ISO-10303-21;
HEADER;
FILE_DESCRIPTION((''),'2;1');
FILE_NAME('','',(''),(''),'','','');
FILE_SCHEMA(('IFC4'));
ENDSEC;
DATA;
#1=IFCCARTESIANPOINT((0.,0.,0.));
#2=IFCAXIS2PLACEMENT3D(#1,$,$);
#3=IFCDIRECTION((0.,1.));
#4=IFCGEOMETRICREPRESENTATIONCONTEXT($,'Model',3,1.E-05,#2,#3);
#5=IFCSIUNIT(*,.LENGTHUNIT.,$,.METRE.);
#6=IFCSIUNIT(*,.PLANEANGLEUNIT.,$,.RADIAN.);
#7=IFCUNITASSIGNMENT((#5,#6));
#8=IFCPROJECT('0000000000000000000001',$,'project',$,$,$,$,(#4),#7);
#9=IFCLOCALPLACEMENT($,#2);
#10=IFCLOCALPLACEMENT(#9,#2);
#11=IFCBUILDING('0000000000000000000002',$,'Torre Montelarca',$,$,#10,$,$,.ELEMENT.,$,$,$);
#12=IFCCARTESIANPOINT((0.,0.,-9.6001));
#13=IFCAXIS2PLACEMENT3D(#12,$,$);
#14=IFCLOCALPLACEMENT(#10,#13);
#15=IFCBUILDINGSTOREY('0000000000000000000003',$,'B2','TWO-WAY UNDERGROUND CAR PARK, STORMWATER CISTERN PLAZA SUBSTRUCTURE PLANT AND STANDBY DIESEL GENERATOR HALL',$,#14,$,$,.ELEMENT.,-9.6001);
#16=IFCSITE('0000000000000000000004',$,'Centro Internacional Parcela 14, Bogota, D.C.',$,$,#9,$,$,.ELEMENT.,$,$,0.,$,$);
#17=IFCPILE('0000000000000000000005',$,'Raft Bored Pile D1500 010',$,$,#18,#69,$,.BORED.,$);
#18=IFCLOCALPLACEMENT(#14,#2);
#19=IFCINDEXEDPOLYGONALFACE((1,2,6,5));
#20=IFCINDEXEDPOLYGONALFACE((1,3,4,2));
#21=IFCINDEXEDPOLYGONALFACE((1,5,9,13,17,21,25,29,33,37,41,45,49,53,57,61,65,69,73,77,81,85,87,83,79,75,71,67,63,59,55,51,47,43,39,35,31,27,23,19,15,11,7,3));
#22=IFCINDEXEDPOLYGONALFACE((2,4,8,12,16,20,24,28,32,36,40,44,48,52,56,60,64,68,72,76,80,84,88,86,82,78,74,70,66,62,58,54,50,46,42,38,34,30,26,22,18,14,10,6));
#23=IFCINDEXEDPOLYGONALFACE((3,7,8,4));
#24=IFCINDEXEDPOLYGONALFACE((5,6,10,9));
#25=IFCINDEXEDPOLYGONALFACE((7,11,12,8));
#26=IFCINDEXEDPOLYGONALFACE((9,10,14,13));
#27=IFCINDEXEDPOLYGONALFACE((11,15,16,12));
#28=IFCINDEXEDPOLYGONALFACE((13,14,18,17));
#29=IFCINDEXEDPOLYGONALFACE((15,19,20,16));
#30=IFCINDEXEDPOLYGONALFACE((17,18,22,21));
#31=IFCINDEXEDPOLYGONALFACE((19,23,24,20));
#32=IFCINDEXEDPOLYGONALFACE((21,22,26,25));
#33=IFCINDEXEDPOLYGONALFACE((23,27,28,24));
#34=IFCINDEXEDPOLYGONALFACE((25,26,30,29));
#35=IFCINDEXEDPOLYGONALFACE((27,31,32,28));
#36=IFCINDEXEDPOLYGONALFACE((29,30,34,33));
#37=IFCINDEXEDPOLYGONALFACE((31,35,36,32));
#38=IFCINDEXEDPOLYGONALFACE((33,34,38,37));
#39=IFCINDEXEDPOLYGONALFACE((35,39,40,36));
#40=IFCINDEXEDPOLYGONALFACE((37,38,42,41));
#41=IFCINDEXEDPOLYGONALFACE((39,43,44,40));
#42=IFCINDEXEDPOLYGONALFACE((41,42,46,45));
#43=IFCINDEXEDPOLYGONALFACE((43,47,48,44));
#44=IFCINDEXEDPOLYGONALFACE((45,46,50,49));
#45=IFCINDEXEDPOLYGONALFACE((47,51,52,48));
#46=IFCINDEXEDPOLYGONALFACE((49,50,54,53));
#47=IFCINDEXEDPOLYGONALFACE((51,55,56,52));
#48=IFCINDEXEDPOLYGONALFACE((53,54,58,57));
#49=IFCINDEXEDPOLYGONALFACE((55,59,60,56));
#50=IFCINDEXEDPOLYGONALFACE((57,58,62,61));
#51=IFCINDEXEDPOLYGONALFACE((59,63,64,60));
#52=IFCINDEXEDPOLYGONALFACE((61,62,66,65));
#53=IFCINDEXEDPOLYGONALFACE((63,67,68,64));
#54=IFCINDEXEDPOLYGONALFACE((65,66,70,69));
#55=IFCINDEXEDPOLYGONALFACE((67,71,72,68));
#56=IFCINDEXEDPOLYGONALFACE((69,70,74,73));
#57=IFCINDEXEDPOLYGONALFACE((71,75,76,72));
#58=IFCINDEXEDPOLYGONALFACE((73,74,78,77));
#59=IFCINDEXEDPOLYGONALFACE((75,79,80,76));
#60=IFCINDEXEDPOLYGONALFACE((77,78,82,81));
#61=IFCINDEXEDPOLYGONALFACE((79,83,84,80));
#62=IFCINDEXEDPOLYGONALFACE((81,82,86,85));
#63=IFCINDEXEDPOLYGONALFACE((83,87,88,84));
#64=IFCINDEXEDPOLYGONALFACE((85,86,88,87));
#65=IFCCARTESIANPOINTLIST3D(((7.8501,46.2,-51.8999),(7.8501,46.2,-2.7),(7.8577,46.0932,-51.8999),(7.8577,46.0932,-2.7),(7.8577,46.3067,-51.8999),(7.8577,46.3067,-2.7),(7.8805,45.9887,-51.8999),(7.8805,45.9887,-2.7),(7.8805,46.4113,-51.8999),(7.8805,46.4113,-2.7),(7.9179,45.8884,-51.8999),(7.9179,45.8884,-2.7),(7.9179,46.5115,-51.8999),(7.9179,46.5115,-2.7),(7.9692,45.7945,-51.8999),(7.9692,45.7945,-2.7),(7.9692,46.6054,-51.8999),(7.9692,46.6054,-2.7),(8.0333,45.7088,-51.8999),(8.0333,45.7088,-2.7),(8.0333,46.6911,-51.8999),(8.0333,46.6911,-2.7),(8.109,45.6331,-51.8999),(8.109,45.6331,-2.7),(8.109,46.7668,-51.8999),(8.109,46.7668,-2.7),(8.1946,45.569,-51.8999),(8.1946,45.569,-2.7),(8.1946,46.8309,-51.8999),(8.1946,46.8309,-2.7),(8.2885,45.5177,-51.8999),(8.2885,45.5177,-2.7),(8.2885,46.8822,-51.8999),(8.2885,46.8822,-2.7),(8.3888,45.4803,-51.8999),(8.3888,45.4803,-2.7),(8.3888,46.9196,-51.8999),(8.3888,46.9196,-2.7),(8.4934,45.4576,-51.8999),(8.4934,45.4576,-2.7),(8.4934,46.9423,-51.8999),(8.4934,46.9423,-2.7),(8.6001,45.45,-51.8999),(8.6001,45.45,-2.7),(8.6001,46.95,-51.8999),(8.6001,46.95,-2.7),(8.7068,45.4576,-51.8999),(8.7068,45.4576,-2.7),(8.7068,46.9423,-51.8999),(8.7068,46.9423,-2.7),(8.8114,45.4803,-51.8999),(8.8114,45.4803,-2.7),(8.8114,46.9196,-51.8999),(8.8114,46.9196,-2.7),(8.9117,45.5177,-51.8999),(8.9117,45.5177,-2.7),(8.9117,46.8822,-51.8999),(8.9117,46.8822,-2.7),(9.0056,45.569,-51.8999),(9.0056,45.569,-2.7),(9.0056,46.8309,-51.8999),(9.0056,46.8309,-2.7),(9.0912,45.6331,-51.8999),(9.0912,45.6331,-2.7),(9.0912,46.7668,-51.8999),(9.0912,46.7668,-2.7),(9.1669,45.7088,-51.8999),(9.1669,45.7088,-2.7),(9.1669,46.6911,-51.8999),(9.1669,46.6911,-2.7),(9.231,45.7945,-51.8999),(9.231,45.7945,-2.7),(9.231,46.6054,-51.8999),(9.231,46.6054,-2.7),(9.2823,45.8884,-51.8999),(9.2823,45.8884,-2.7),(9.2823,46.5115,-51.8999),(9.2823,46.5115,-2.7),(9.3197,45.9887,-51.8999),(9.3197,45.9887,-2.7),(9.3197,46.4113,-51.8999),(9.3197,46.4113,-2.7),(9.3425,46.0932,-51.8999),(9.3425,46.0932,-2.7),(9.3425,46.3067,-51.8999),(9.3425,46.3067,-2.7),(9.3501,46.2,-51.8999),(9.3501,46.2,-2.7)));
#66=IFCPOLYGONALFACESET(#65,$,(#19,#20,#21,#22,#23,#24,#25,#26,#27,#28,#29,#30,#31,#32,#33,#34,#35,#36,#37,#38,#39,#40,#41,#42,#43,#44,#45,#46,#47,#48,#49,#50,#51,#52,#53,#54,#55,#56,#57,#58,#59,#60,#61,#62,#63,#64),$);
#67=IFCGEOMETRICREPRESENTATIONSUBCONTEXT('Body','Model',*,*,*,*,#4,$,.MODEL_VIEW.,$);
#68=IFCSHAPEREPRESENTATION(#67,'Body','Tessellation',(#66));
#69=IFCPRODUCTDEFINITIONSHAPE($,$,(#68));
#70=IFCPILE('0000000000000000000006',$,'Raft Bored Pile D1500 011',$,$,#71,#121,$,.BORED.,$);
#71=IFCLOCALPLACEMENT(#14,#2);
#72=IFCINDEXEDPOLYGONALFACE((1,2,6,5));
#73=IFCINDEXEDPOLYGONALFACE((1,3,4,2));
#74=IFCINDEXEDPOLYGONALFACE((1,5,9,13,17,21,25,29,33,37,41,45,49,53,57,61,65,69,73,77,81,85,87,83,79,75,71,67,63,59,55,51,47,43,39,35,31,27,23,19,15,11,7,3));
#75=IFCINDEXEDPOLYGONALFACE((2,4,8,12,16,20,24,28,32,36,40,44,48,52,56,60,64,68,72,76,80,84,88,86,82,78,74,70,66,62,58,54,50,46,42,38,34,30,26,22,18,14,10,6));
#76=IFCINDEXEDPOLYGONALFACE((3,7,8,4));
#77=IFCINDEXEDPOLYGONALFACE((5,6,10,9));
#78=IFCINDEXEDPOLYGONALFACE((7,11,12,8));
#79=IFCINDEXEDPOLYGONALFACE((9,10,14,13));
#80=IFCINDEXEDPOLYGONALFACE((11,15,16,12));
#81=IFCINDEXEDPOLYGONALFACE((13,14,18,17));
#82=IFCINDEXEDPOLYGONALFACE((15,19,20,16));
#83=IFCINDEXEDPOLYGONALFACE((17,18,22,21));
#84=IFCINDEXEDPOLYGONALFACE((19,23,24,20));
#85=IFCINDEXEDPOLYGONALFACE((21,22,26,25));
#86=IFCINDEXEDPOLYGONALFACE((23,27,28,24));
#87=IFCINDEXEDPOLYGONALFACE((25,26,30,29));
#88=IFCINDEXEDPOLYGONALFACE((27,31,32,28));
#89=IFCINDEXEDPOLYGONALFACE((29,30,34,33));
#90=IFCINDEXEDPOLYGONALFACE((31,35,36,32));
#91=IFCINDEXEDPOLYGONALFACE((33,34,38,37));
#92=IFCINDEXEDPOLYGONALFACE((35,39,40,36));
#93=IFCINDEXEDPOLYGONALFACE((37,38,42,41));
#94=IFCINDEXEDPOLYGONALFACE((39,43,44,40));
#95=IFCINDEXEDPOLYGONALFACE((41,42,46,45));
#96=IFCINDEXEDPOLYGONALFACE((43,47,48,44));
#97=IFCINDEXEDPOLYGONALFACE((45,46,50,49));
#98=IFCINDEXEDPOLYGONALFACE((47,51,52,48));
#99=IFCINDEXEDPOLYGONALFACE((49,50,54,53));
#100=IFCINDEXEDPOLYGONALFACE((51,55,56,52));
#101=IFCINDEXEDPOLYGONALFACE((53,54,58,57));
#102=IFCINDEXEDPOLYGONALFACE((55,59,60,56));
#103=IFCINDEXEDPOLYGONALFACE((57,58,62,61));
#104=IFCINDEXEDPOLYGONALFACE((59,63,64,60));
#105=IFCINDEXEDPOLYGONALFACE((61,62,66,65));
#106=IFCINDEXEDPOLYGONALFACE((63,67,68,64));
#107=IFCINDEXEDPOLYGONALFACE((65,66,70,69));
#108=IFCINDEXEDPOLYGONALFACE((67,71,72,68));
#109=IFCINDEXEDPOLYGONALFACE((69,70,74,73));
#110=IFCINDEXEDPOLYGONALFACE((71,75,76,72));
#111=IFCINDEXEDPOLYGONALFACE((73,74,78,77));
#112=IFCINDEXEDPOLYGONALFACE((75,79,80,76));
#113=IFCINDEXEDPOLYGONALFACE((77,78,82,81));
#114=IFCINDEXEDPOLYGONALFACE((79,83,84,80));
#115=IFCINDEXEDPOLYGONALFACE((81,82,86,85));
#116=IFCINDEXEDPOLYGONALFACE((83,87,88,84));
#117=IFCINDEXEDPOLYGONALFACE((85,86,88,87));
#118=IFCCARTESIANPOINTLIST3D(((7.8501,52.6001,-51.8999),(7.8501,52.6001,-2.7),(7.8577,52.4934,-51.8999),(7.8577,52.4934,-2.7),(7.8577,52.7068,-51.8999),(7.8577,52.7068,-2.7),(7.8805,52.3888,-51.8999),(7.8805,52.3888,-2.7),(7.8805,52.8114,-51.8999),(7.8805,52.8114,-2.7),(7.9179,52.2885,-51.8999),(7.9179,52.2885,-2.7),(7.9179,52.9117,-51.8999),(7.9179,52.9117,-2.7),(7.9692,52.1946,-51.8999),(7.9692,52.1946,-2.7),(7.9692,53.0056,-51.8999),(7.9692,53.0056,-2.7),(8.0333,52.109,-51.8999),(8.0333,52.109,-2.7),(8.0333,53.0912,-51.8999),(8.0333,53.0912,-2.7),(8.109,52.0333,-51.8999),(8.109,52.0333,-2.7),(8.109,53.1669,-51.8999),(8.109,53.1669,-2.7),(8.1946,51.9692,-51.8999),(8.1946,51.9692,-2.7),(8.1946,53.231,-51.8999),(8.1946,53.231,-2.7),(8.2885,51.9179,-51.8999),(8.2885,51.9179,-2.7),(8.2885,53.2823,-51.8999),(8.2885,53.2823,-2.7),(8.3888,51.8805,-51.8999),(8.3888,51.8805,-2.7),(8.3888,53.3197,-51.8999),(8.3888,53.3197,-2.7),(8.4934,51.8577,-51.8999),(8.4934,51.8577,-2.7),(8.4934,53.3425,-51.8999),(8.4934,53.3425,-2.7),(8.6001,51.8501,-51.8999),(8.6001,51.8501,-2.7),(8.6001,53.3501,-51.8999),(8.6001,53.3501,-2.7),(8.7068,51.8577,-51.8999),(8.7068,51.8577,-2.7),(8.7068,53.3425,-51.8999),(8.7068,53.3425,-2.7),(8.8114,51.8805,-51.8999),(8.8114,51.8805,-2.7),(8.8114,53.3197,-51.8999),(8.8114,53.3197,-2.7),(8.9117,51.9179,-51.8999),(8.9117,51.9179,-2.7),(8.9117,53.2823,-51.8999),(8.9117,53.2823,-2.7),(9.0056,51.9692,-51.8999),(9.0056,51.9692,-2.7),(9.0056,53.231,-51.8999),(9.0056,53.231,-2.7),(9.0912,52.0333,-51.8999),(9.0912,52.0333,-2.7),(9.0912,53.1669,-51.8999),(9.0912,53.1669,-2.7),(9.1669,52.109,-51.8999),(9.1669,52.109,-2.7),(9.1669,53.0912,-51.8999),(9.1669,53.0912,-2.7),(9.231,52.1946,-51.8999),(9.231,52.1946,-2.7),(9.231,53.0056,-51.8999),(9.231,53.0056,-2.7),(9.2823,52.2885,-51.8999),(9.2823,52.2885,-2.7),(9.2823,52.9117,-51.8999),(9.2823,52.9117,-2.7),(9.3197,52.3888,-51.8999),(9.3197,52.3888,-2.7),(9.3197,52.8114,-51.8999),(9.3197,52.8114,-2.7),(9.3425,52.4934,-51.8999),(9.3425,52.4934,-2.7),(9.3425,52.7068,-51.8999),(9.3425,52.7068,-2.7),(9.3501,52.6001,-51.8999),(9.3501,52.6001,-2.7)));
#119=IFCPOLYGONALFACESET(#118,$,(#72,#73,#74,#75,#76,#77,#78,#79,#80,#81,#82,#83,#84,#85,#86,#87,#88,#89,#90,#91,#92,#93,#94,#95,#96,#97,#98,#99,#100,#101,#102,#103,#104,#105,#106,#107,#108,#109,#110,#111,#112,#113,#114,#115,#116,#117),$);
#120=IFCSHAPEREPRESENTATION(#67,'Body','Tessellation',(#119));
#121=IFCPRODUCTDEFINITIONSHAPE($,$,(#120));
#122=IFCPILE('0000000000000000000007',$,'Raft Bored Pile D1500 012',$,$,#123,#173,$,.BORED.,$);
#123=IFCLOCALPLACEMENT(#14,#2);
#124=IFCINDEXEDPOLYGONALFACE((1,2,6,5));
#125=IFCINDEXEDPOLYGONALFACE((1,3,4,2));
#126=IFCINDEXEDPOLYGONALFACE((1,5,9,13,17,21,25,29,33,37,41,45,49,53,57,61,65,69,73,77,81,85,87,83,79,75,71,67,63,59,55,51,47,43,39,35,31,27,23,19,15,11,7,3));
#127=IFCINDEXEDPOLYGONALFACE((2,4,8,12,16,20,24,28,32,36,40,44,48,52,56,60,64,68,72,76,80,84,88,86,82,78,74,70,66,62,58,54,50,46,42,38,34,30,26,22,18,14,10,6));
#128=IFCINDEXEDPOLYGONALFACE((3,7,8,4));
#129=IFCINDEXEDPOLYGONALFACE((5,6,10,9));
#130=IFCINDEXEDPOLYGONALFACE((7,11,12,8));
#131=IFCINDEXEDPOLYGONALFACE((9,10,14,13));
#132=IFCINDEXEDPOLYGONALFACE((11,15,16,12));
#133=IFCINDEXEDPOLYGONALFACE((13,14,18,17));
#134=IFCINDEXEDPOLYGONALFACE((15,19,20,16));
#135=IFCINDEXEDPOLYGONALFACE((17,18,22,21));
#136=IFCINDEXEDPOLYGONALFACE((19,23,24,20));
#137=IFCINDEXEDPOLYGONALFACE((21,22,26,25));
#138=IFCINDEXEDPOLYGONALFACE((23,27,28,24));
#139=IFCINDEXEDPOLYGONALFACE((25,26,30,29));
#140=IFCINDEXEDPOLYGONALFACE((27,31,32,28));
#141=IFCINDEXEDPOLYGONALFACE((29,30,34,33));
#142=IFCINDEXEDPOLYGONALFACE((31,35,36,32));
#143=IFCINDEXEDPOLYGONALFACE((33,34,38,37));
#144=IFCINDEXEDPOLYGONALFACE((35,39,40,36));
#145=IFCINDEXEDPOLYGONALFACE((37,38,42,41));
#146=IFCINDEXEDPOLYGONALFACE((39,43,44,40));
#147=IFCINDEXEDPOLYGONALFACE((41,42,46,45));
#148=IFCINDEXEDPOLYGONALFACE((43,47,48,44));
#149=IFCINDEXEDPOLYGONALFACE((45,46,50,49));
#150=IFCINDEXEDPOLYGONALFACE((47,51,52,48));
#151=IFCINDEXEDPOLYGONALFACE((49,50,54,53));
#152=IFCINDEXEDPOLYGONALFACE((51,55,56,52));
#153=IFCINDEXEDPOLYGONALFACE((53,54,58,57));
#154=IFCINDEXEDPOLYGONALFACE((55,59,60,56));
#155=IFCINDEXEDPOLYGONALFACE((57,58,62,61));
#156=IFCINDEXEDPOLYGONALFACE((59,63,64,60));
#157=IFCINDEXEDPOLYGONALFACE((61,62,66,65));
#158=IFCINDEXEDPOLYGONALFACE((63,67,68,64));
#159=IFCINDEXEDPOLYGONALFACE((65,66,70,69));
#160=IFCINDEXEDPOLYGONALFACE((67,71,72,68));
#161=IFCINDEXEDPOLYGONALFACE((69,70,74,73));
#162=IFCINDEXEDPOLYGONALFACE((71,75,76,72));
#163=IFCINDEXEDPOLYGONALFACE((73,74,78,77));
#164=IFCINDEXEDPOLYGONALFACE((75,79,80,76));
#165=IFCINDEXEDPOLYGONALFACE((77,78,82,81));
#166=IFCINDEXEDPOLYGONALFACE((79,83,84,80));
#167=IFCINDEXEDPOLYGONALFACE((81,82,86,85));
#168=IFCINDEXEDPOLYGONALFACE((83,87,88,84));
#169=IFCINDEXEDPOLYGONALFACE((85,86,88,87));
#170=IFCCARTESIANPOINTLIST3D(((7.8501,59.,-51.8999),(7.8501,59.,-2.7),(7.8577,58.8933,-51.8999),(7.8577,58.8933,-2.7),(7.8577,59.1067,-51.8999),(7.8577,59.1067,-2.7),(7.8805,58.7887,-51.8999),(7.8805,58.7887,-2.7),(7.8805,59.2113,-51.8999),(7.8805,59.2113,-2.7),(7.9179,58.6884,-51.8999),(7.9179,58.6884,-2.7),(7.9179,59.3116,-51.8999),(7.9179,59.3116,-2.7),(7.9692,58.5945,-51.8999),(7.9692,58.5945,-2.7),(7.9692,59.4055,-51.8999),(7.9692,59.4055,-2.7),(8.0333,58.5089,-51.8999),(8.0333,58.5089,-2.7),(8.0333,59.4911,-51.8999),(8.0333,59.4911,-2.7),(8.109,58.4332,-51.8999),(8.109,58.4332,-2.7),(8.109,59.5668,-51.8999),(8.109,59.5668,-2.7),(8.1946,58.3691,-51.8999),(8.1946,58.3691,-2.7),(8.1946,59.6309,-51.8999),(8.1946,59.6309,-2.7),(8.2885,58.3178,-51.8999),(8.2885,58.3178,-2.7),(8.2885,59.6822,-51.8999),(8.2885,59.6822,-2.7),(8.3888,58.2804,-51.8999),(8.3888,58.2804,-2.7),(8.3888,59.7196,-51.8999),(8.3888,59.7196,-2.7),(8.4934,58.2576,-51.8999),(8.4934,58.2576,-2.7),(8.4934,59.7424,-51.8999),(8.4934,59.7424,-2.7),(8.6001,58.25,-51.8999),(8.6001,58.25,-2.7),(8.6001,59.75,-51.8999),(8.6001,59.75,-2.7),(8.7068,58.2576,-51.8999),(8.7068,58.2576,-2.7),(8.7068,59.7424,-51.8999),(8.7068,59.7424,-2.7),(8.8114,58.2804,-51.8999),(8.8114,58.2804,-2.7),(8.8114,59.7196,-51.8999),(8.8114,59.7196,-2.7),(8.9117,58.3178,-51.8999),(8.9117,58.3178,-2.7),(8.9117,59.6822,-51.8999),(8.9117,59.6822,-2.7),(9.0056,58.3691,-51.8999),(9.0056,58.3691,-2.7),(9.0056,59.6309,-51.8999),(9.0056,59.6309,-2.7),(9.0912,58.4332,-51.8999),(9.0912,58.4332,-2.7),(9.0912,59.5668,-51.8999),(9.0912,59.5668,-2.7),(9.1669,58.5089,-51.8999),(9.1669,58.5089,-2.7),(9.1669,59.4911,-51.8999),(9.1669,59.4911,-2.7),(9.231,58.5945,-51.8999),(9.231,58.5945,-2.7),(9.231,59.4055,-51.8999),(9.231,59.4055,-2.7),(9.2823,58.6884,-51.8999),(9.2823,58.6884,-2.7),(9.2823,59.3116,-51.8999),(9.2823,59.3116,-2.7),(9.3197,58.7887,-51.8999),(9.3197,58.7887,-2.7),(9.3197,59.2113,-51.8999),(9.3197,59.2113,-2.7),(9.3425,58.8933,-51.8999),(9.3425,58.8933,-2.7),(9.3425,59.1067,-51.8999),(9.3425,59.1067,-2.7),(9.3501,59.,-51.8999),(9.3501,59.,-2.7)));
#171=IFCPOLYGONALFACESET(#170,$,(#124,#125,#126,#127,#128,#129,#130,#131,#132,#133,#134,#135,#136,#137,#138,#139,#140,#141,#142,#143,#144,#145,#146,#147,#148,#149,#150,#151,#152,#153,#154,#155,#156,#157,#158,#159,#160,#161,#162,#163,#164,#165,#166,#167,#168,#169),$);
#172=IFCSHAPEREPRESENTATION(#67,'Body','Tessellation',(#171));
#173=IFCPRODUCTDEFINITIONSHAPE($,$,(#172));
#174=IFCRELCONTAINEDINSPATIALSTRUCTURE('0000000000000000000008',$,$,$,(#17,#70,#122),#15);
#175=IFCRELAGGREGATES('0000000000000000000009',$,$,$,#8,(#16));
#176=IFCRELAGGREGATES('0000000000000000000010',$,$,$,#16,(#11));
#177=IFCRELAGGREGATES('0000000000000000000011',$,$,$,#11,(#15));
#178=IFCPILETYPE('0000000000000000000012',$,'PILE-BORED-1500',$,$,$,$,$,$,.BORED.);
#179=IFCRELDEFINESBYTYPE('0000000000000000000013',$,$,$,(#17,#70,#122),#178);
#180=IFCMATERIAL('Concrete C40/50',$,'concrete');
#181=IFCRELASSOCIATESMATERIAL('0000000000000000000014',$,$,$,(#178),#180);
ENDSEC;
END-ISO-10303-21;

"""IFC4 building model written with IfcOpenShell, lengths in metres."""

from ifc_helpers import new_model, si_unit, direction, frame, origin, origin_2d, place, context, subcontext, project, spatial, circle, extrude, source, transform, mapped, material, material_profile, profile_set, type_object, element, save


model = new_model("IFC4")

# Units and contexts
model_context = context("Model", 3, precision=1e-05, world=origin(), true_north=direction((0.0, 1.0)))
body_context = subcontext(model_context, "Body", "Model", "MODEL_VIEW")
ifc_project = project(units=[si_unit("LENGTHUNIT", "METRE"), si_unit("PLANEANGLEUNIT", "RADIAN")], contexts=[model_context])

# Site, building, storey
site_placement = place(None, origin())
site = spatial("IfcSite", under=ifc_project, at=site_placement, Name="Centro Internacional Parcela 14, Bogota, D.C.", CompositionType="ELEMENT", RefElevation=0.0)
building_placement = place(site_placement, origin())
building = spatial("IfcBuilding", under=site, at=building_placement, Name="Torre Montelarca", CompositionType="ELEMENT")
storey_placement = place(building_placement, frame((0.0, 0.0, -9.6001)))
storey = spatial("IfcBuildingStorey", under=building, at=storey_placement, Name="B2", Description="TWO-WAY UNDERGROUND CAR PARK, STORMWATER CISTERN PLAZA SUBSTRUCTURE PLANT AND STANDBY DIESEL GENERATOR HALL", CompositionType="ELEMENT", Elevation=-9.6001)

# Piles
ifc_material_1 = material(Name="Concrete C40/50", Category="concrete")
ifc_material_profile_1 = material_profile(ifc_material_1, circle(Radius=0.75, at=origin_2d()), Name="PILE-D1500", Category="concrete")
ifc_profile_set_1 = profile_set([ifc_material_profile_1], Name="Concrete C40/50")
pile_type = type_object("IfcPileType", Name="PILE-BORED-1500", PredefinedType="BORED", material=ifc_profile_set_1)
shared_shape_1 = source(origin(), body_context, "Body", "SweptSolid", [
    extrude(circle(Radius=0.75, at=origin_2d()), origin(), (0.0, 0.0, 1.0), 49.2),
])
for number, where, z_axis, x_axis, name in (
    (1, (8.6001, 46.2, -2.7), (0.0, 0.0, -1.0), (1.0, 0.0, 0.0), "Raft Bored Pile D1500 010"),
    (2, (8.6001, 52.6001, -2.7), (0.0, 0.0, -1.0), (1.0, 0.0, 0.0), "Raft Bored Pile D1500 011"),
    (3, (8.6001, 59.0, -2.7), (0.0, 0.0, -1.0), (1.0, 0.0, 0.0), "Raft Bored Pile D1500 012"),
):
    element("IfcPile", number, at=place(storey_placement, frame(where, z_axis=z_axis, x_axis=x_axis)), inside=storey, type_object=pile_type, Name=name, PredefinedType="BORED", context=body_context, shape_type="MappedRepresentation", body=[
        mapped(shared_shape_1, transform((0.0, 0.0, 0.0), scale=1.0)),
    ])

save(model, "model.ifc")
